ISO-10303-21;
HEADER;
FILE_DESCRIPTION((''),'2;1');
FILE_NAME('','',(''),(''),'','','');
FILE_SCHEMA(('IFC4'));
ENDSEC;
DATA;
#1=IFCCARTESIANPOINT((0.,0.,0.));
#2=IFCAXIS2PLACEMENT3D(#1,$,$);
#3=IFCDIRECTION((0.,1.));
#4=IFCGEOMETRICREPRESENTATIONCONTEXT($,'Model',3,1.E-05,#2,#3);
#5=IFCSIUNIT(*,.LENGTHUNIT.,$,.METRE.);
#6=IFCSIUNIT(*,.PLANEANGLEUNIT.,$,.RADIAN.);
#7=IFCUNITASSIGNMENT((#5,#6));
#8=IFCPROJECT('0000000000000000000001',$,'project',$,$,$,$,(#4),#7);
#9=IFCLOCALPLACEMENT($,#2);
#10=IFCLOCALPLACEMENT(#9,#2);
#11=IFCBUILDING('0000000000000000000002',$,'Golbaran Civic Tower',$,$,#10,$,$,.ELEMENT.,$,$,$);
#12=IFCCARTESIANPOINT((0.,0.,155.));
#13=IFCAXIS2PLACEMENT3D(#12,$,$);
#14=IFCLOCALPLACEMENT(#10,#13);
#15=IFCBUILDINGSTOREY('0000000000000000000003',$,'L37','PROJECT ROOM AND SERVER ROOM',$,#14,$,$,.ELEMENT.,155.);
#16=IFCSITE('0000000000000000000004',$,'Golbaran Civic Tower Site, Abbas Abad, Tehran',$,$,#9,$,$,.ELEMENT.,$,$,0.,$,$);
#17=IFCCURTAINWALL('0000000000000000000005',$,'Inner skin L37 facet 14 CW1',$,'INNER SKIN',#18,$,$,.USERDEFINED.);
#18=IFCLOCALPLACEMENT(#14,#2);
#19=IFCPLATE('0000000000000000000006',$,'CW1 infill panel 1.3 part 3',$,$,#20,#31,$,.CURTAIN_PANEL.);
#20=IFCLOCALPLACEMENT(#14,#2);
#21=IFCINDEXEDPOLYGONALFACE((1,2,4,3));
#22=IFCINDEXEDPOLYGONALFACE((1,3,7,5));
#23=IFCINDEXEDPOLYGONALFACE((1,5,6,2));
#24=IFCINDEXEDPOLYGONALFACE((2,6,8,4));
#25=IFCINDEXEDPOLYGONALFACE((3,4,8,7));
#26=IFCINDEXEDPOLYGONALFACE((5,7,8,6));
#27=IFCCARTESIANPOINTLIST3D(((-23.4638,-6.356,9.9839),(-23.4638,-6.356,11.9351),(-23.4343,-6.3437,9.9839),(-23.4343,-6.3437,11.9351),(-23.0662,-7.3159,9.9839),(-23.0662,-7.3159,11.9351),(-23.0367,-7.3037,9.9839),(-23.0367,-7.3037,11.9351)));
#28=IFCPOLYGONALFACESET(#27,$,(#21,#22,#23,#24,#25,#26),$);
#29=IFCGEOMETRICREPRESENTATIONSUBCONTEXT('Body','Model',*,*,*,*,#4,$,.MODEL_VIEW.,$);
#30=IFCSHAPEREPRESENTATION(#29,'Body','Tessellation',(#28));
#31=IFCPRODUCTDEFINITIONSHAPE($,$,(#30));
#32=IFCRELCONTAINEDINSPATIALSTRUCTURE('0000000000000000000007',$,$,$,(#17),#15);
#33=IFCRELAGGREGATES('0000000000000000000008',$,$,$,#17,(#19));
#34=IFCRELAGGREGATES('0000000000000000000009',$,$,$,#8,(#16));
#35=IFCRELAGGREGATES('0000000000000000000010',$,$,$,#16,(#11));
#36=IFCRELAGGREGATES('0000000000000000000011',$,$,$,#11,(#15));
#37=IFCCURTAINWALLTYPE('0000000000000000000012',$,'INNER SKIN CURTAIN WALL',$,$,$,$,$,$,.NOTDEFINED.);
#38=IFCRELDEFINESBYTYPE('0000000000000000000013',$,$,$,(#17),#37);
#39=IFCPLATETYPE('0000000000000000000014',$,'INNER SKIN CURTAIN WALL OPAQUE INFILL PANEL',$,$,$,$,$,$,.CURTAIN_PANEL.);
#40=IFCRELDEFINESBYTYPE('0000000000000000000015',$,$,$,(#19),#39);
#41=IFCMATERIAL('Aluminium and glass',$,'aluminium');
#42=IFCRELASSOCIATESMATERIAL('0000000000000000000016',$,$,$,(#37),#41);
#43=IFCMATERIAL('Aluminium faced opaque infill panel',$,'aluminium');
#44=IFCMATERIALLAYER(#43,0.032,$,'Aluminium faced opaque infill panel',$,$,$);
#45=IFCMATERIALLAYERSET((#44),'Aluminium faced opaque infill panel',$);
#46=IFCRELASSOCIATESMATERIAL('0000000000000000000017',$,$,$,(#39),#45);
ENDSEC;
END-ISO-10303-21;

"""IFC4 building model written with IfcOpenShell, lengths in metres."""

from ifc_helpers import new_model, si_unit, direction, frame, origin, origin_2d, place, context, subcontext, project, spatial, rectangle, extrude, material, layer, layer_set, type_object, element, aggregate, save


model = new_model("IFC4")

# Units and contexts
model_context = context("Model", 3, precision=1e-05, world=origin(), true_north=direction((0.0, 1.0)))
body_context = subcontext(model_context, "Body", "Model", "MODEL_VIEW")
ifc_project = project(units=[si_unit("LENGTHUNIT", "METRE"), si_unit("PLANEANGLEUNIT", "RADIAN")], contexts=[model_context])

# Site, building, storey
site_placement = place(None, origin())
site = spatial("IfcSite", under=ifc_project, at=site_placement, Name="Golbaran Civic Tower Site, Abbas Abad, Tehran", CompositionType="ELEMENT", RefElevation=0.0)
building_placement = place(site_placement, origin())
building = spatial("IfcBuilding", under=site, at=building_placement, Name="Golbaran Civic Tower", CompositionType="ELEMENT")
storey_placement = place(building_placement, frame((0.0, 0.0, 155.0)))
storey = spatial("IfcBuildingStorey", under=building, at=storey_placement, Name="L37", Description="PROJECT ROOM AND SERVER ROOM", CompositionType="ELEMENT", Elevation=155.0)

# Curtain wall
ifc_material_1 = material(Name="Aluminium and glass", Category="aluminium")
curtain_wall_type = type_object("IfcCurtainWallType", Name="INNER SKIN CURTAIN WALL", PredefinedType="NOTDEFINED", material=ifc_material_1)
curtain_wall_1_placement = place(storey_placement, origin())
curtain_wall_1 = element("IfcCurtainWall", 1, at=curtain_wall_1_placement, inside=storey, type_object=curtain_wall_type, Name="Inner skin L37 facet 14 CW1", ObjectType="INNER SKIN", PredefinedType="USERDEFINED")

# Plate
ifc_material_2 = material(Name="Aluminium faced opaque infill panel", Category="aluminium")
ifc_layer_1 = layer(ifc_material_2, 0.032, Name="Aluminium faced opaque infill panel")
ifc_layer_set_1 = layer_set([ifc_layer_1], Name="Aluminium faced opaque infill panel")
plate_type_1 = type_object("IfcPlateType", Name="INNER SKIN CURTAIN WALL OPAQUE INFILL PANEL", PredefinedType="CURTAIN_PANEL", material=ifc_layer_set_1)
plate_1_placement = place(storey_placement, frame((-23.2502, -6.8298, 9.9839), z_axis=(0.0, 0.0, 1.0), x_axis=(0.382683, -0.92388, 0.0)))
plate_1 = element("IfcPlate", 2, at=plate_1_placement, type_object=plate_type_1, Name="CW1 infill panel 1.3 part 3", PredefinedType="CURTAIN_PANEL", context=body_context, shape_type="SweptSolid", body=[
    extrude(rectangle(XDim=1.0391, YDim=0.032, at=origin_2d()), origin(), (0.0, 0.0, 1.0), 1.9512),
])
aggregate(curtain_wall_1, [plate_1])

save(model, "model.ifc")
